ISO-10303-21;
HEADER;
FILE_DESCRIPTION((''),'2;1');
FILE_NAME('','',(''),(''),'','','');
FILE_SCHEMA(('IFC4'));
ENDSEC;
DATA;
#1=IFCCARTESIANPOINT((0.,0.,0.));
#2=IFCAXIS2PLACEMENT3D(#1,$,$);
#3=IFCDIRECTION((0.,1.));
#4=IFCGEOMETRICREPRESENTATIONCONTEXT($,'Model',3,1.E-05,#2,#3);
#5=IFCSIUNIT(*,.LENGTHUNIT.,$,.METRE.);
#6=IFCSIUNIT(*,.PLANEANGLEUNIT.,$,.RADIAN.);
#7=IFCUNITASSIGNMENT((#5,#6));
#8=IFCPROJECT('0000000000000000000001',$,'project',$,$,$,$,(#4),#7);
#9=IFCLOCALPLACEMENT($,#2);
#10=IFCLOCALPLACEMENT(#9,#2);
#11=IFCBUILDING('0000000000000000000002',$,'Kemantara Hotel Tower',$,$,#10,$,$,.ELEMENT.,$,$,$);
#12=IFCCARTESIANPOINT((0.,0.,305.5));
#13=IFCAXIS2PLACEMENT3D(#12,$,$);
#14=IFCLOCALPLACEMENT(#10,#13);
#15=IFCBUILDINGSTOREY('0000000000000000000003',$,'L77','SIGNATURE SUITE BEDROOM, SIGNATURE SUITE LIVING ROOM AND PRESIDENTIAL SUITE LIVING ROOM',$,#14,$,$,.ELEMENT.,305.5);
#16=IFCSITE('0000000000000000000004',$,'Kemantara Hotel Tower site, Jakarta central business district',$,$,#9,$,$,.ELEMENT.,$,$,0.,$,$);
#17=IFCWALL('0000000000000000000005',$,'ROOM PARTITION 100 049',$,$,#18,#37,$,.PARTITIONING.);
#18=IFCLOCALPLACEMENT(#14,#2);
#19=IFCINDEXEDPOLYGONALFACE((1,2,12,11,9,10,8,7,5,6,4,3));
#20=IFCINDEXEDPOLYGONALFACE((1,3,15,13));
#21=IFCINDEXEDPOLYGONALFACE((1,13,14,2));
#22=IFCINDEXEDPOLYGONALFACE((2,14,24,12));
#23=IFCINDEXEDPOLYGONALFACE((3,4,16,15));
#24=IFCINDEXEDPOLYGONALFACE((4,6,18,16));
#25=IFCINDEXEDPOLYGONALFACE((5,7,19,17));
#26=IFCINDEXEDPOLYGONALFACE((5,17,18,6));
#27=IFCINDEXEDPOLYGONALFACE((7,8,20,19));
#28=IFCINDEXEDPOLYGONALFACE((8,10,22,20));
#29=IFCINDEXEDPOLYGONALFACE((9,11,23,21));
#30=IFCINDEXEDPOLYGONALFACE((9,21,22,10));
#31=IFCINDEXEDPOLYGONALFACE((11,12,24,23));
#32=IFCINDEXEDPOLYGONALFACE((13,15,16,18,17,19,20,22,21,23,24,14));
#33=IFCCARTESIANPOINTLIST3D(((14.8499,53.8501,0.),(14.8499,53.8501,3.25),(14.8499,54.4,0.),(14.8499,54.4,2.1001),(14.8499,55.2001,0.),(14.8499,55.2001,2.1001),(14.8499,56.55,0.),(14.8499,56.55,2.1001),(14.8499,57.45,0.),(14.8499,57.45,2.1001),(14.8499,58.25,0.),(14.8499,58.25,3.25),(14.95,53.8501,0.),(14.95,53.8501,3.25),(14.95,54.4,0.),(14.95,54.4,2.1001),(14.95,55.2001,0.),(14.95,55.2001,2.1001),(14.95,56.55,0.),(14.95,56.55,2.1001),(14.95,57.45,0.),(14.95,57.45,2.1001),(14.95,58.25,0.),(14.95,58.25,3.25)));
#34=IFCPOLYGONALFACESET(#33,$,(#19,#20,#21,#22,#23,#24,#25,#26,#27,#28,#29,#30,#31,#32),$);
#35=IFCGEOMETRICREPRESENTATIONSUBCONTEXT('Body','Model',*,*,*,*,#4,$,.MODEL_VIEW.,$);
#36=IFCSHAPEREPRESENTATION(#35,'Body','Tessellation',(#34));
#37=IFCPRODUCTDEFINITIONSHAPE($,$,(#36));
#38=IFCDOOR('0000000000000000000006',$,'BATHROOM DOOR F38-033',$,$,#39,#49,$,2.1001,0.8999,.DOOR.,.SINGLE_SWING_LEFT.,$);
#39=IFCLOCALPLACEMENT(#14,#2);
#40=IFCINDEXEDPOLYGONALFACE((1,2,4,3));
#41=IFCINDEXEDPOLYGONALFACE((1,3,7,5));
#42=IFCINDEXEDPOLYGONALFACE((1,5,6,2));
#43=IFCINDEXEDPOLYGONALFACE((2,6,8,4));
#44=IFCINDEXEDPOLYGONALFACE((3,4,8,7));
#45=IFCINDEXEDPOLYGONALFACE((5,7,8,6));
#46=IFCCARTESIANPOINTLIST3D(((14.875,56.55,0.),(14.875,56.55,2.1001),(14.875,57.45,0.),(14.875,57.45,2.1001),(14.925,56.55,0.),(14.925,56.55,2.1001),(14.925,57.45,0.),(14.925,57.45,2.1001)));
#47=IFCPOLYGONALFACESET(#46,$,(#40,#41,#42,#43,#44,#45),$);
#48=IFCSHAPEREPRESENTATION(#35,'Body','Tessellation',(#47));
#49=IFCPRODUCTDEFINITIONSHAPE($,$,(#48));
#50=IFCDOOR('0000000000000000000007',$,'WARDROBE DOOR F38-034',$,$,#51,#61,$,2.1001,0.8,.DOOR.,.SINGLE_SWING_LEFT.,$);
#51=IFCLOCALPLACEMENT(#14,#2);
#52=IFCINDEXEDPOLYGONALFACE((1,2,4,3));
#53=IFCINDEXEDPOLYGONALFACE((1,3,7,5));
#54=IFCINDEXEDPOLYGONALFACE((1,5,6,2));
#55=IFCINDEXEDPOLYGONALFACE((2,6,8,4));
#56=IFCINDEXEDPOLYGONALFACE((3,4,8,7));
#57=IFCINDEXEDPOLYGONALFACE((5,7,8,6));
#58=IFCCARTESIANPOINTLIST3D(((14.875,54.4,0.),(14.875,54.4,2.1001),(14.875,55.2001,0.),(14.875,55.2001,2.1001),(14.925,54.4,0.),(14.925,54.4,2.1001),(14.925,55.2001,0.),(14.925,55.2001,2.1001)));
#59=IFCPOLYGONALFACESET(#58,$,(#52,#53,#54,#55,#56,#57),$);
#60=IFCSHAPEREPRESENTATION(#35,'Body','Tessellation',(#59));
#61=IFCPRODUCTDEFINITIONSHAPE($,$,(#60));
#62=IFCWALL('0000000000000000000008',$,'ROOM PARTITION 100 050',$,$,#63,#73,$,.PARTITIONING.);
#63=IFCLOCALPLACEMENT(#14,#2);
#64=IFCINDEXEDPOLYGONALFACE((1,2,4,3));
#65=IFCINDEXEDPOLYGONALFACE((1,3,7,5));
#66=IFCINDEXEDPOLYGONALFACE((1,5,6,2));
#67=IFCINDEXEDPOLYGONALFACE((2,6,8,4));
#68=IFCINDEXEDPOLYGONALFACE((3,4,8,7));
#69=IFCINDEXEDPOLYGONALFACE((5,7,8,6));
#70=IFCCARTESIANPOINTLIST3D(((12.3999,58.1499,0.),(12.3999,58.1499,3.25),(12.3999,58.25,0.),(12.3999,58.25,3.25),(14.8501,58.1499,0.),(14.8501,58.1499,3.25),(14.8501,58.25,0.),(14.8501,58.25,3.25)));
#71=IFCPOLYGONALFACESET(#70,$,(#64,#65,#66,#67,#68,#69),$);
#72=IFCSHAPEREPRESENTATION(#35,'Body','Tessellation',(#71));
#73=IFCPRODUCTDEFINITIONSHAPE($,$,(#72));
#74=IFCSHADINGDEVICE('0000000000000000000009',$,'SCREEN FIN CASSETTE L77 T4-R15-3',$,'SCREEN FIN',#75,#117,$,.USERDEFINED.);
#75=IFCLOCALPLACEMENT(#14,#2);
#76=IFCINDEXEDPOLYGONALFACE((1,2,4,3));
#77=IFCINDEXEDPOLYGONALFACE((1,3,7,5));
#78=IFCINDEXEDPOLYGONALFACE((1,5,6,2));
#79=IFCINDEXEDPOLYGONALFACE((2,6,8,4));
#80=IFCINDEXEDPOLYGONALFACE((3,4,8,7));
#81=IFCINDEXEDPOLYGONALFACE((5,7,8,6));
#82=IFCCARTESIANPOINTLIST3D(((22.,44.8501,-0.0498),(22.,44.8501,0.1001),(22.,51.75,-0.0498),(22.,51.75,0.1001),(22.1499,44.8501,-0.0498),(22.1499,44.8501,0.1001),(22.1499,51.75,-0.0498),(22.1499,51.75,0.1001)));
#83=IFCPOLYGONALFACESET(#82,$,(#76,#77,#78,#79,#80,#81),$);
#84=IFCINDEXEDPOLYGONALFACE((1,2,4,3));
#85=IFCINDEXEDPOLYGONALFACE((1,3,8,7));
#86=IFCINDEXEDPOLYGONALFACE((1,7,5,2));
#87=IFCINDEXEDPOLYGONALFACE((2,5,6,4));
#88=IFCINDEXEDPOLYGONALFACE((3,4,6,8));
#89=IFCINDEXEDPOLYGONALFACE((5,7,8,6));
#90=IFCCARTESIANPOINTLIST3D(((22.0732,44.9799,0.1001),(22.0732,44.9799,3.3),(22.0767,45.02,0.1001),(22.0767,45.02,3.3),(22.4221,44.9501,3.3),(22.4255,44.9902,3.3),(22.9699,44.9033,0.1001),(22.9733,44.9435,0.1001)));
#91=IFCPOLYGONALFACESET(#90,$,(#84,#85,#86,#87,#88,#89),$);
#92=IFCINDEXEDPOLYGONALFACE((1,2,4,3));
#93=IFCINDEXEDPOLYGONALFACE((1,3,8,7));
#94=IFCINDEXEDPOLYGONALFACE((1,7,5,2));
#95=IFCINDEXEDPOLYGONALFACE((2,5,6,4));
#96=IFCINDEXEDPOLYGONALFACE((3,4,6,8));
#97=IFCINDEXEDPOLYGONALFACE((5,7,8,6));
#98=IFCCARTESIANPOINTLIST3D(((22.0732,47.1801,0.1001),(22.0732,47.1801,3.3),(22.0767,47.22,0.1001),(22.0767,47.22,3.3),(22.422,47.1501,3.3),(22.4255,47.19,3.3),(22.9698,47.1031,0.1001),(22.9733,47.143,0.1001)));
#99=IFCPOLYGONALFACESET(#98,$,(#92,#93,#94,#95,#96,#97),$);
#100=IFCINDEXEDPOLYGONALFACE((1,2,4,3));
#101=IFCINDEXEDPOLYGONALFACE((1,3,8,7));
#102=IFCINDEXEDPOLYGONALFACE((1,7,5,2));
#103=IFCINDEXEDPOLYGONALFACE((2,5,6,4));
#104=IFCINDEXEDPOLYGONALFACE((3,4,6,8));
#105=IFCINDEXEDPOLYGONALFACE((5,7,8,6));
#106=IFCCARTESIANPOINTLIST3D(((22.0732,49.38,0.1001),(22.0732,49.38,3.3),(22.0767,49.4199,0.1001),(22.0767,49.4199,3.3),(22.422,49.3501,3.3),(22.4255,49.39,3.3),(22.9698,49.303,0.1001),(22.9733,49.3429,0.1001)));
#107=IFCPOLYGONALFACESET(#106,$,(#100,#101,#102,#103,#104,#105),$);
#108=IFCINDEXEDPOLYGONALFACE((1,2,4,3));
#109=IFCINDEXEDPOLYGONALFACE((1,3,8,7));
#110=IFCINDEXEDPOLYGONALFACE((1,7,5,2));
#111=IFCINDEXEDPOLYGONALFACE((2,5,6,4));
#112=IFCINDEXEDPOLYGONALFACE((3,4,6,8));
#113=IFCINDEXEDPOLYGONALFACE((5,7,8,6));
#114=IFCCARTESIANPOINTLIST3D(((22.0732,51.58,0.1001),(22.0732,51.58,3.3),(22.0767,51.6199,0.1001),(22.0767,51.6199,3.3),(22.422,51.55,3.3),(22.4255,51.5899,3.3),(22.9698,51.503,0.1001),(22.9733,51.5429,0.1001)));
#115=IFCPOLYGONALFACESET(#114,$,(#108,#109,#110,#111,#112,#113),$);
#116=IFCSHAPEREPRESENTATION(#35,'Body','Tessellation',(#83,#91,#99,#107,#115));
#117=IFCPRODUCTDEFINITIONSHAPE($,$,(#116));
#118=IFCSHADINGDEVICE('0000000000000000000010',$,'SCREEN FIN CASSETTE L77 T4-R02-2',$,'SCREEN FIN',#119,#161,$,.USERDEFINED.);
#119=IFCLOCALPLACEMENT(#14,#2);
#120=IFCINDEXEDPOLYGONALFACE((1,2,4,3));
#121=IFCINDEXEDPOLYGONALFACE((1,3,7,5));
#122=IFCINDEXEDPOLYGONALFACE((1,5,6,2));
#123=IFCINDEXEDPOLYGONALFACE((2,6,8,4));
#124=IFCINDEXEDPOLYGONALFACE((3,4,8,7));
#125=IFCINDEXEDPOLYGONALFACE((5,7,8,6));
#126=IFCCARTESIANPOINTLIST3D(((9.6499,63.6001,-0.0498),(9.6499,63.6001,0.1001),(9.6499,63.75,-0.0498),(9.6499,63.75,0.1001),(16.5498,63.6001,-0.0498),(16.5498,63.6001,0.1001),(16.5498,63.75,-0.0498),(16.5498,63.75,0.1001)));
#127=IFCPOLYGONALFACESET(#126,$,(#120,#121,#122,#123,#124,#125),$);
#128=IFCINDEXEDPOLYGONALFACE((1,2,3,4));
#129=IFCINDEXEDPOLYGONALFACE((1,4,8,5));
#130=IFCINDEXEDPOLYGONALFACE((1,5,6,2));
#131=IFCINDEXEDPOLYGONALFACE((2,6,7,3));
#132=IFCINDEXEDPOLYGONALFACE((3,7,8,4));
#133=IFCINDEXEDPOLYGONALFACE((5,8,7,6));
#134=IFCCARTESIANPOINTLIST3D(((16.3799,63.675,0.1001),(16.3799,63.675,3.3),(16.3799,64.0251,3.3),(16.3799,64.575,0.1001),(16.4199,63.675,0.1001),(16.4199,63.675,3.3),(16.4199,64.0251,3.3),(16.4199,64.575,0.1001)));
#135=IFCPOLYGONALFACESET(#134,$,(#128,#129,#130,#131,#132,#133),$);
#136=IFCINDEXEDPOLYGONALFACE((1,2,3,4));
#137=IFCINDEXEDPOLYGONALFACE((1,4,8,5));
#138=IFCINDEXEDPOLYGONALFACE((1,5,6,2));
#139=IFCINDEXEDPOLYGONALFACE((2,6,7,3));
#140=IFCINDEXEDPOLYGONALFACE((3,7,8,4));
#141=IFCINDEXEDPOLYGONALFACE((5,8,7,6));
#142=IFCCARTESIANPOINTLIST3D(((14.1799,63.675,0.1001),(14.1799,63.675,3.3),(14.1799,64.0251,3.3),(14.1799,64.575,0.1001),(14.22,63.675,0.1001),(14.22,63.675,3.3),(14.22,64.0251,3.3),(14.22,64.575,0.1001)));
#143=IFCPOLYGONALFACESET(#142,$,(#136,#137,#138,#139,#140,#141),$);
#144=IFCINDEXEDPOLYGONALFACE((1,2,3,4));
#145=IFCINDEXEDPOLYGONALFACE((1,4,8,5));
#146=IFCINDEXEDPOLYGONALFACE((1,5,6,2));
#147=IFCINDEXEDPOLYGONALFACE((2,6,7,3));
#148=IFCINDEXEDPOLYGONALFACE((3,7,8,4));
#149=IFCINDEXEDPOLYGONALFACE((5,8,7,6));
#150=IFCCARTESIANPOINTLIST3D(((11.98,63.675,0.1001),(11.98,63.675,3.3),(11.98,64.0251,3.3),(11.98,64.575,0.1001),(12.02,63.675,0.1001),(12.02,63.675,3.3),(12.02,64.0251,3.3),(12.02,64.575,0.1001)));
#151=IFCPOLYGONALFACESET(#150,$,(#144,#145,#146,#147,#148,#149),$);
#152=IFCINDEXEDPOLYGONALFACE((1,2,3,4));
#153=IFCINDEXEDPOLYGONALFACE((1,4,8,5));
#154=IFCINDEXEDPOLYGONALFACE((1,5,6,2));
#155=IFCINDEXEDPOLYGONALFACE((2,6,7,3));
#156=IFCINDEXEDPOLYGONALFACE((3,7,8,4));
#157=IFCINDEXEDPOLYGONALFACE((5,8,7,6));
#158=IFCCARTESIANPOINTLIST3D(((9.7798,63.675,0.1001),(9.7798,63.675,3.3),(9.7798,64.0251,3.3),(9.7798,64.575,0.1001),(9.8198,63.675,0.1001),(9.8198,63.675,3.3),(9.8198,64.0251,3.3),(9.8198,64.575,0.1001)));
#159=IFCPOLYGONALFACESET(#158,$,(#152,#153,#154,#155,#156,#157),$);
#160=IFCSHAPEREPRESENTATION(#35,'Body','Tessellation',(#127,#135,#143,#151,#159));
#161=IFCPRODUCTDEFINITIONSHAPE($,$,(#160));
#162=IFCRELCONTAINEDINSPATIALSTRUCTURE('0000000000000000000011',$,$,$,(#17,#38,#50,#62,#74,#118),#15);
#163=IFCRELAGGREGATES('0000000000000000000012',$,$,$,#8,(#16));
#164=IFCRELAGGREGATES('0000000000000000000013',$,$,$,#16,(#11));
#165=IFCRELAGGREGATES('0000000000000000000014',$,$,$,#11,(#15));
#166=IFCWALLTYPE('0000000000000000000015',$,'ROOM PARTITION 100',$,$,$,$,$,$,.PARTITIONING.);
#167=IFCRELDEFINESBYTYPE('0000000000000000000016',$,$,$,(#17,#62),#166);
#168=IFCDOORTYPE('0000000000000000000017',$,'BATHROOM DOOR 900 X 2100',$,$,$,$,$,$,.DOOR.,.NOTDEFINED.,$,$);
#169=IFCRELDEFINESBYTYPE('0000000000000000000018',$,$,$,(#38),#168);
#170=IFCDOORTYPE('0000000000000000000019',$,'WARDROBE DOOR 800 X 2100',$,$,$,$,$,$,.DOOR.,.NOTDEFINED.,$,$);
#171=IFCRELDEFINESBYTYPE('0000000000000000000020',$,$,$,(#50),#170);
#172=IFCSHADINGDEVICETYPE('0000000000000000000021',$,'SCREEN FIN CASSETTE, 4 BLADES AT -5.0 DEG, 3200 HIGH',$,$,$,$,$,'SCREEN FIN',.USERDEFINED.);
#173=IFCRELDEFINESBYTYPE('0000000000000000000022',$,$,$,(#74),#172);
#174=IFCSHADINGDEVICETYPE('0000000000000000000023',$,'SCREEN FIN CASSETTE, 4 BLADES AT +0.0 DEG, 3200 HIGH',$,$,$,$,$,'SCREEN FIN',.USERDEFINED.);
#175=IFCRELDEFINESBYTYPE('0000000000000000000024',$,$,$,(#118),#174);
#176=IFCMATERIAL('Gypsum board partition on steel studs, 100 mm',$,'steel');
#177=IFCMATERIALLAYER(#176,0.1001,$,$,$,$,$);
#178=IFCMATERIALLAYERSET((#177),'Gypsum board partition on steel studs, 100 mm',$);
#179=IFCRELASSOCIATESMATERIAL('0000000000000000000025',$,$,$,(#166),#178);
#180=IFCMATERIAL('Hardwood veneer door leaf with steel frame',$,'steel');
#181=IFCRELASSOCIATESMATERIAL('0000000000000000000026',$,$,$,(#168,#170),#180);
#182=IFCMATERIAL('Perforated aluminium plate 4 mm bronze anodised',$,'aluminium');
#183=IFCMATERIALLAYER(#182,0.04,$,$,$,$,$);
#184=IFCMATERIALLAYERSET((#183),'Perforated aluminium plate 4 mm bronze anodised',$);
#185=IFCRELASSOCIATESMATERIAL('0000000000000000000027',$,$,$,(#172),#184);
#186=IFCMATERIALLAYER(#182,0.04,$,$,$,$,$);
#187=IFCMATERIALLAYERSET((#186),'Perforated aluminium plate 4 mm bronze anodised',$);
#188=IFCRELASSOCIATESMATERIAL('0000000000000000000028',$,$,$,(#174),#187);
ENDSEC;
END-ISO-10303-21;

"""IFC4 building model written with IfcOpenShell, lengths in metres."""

from ifc_helpers import new_model, si_unit, direction, frame, frame_2d, origin, origin_2d, place, context, subcontext, project, spatial, polyline, rectangle, outline, extrude, source, transform, mapped, material, layer, layer_set, type_object, element, fill, save


model = new_model("IFC4")

# Units and contexts
model_context = context("Model", 3, precision=1e-05, world=origin(), true_north=direction((0.0, 1.0)))
body_context = subcontext(model_context, "Body", "Model", "MODEL_VIEW")
ifc_project = project(units=[si_unit("LENGTHUNIT", "METRE"), si_unit("PLANEANGLEUNIT", "RADIAN")], contexts=[model_context])

# Site, building, storey
site_placement = place(None, origin())
site = spatial("IfcSite", under=ifc_project, at=site_placement, Name="Kemantara Hotel Tower site, Jakarta central business district", CompositionType="ELEMENT", RefElevation=0.0)
building_placement = place(site_placement, origin())
building = spatial("IfcBuilding", under=site, at=building_placement, Name="Kemantara Hotel Tower", CompositionType="ELEMENT")
storey_placement = place(building_placement, frame((0.0, 0.0, 305.5)))
storey = spatial("IfcBuildingStorey", under=building, at=storey_placement, Name="L77", Description="SIGNATURE SUITE BEDROOM, SIGNATURE SUITE LIVING ROOM AND PRESIDENTIAL SUITE LIVING ROOM", CompositionType="ELEMENT", Elevation=305.5)

# Shared definitions
ifc_material_1 = material(Name="Gypsum board partition on steel studs, 100 mm", Category="steel")
ifc_layer_1 = layer(ifc_material_1, 0.1001)
ifc_layer_set_1 = layer_set([ifc_layer_1], Name="Gypsum board partition on steel studs, 100 mm")
wall_type_1 = type_object("IfcWallType", Name="ROOM PARTITION 100", PredefinedType="PARTITIONING", material=ifc_layer_set_1)
ifc_material_2 = material(Name="Hardwood veneer door leaf with steel frame", Category="steel")

# Wall, openings, doors
wall_1_placement = place(storey_placement, frame((14.8999, 53.8501, 0.0), z_axis=(0.0, 0.0, 1.0), x_axis=(0.0, 1.0, 0.0)))
wall_1 = element("IfcWall", 1, at=wall_1_placement, inside=storey, type_object=wall_type_1, Name="ROOM PARTITION 100 049", PredefinedType="PARTITIONING", context=body_context, shape_type="SweptSolid", body=[
    extrude(rectangle(XDim=4.3999, YDim=0.1001, at=frame_2d((2.2, 0.0))), origin(), (0.0, 0.0, 1.0), 3.25),
])
opening_1_placement = place(wall_1_placement, frame((2.7, 0.0, 0.0)))
opening_1 = element("IfcOpeningElement", 2, at=opening_1_placement, cuts=wall_1, PredefinedType="OPENING", context=body_context, shape_type="SweptSolid", body=[
    extrude(rectangle(XDim=0.8999, YDim=2.1001, at=frame_2d((0.45, 1.05))), frame((0.0, 0.0601, 0.0), z_axis=(0.0, -1.0, 0.0), x_axis=(1.0, 0.0, 0.0)), (0.0, 0.0, 1.0), 0.1201),
])
opening_2_placement = place(wall_1_placement, frame((0.55, 0.0, 0.0)))
opening_2 = element("IfcOpeningElement", 3, at=opening_2_placement, cuts=wall_1, PredefinedType="OPENING", context=body_context, shape_type="SweptSolid", body=[
    extrude(rectangle(XDim=0.8, YDim=2.1001, at=frame_2d((0.3999, 1.05))), frame((0.0, 0.0601, 0.0), z_axis=(0.0, -1.0, 0.0), x_axis=(1.0, 0.0, 0.0)), (0.0, 0.0, 1.0), 0.1201),
])
door_type_1 = type_object("IfcDoorType", Name="BATHROOM DOOR 900 X 2100", OperationType="NOTDEFINED", PredefinedType="DOOR", material=ifc_material_2)
door_1_placement = place(opening_1_placement, origin())
door_1 = element("IfcDoor", 4, at=door_1_placement, inside=storey, type_object=door_type_1, Name="BATHROOM DOOR F38-033", OperationType="SINGLE_SWING_LEFT", OverallHeight=2.1001, OverallWidth=0.8999, PredefinedType="DOOR", context=body_context, shape_type="SweptSolid", body=[
    extrude(rectangle(XDim=0.8999, YDim=2.1001, at=frame_2d((0.45, 1.05))), frame((0.0, 0.0249, 0.0), z_axis=(0.0, -1.0, 0.0), x_axis=(1.0, 0.0, 0.0)), (0.0, 0.0, 1.0), 0.05),
])
fill(opening_1, door_1)
door_type_2 = type_object("IfcDoorType", Name="WARDROBE DOOR 800 X 2100", OperationType="NOTDEFINED", PredefinedType="DOOR", material=ifc_material_2)
door_2_placement = place(opening_2_placement, origin())
door_2 = element("IfcDoor", 5, at=door_2_placement, inside=storey, type_object=door_type_2, Name="WARDROBE DOOR F38-034", OperationType="SINGLE_SWING_LEFT", OverallHeight=2.1001, OverallWidth=0.8, PredefinedType="DOOR", context=body_context, shape_type="SweptSolid", body=[
    extrude(rectangle(XDim=0.8, YDim=2.1001, at=frame_2d((0.3999, 1.05))), frame((0.0, 0.0249, 0.0), z_axis=(0.0, -1.0, 0.0), x_axis=(1.0, 0.0, 0.0)), (0.0, 0.0, 1.0), 0.05),
])
fill(opening_2, door_2)

# Wall
wall_2_placement = place(storey_placement, frame((12.3999, 58.2, 0.0), z_axis=(0.0, 0.0, 1.0), x_axis=(1.0, 0.0, 0.0)))
element("IfcWall", 6, at=wall_2_placement, inside=storey, type_object=wall_type_1, Name="ROOM PARTITION 100 050", PredefinedType="PARTITIONING", context=body_context, shape_type="SweptSolid", body=[
    extrude(rectangle(XDim=2.4502, YDim=0.1001, at=frame_2d((1.2251, 0.0))), origin(), (0.0, 0.0, 1.0), 3.25),
])

# Shading devices
ifc_material_3 = material(Name="Perforated aluminium plate 4 mm bronze anodised", Category="aluminium")
ifc_layer_2 = layer(ifc_material_3, 0.04)
ifc_layer_set_2 = layer_set([ifc_layer_2], Name="Perforated aluminium plate 4 mm bronze anodised")
shading_device_type_1 = type_object("IfcShadingDeviceType", Name="SCREEN FIN CASSETTE, 4 BLADES AT -5.0 DEG, 3200 HIGH", ElementType="SCREEN FIN", PredefinedType="USERDEFINED", material=ifc_layer_set_2)
shared_shape_1 = source(origin(), body_context, "Body", "SweptSolid", [
    extrude(rectangle(XDim=6.8999, YDim=0.1499, at=origin_2d()), frame((3.3, -0.075, -0.1499), z_axis=(0.0, 0.0, 1.0), x_axis=(1.0, 0.0, 0.0)), (0.0, 0.0, 1.0), 0.1499),
    extrude(outline(polyline([(0.0, 0.0), (0.8999, 0.0), (0.3501, 3.2), (0.0, 3.2), (0.0, 0.0)])), frame((0.02, -0.0767, 0.0), z_axis=(-0.996376, 0.085056, 0.0), x_axis=(-0.085056, -0.996376, 0.0)), (0.0, 0.0, 1.0), 0.0403),
    extrude(outline(polyline([(0.0, 0.0), (0.8999, 0.0), (0.3501, 3.2), (0.0, 3.2), (0.0, 0.0)])), frame((2.22, -0.0767, 0.0), z_axis=(-0.996332, 0.085575, 0.0), x_axis=(-0.085575, -0.996332, 0.0)), (0.0, 0.0, 1.0), 0.04),
    extrude(outline(polyline([(0.0, 0.0), (0.8999, 0.0), (0.3501, 3.2), (0.0, 3.2), (0.0, 0.0)])), frame((4.4199, -0.0767, 0.0), z_axis=(-0.996332, 0.085575, 0.0), x_axis=(-0.085575, -0.996332, 0.0)), (0.0, 0.0, 1.0), 0.04),
    extrude(outline(polyline([(0.0, 0.0), (0.8999, 0.0), (0.3501, 3.2), (0.0, 3.2), (0.0, 0.0)])), frame((6.6199, -0.0767, 0.0), z_axis=(-0.996332, 0.085575, 0.0), x_axis=(-0.085575, -0.996332, 0.0)), (0.0, 0.0, 1.0), 0.04),
])
shading_device_1_placement = place(storey_placement, frame((22.0, 45.0, 0.1001), z_axis=(0.0, 0.0, 1.0), x_axis=(0.0, 1.0, 0.0)))
element("IfcShadingDevice", 7, at=shading_device_1_placement, inside=storey, type_object=shading_device_type_1, Name="SCREEN FIN CASSETTE L77 T4-R15-3", ObjectType="SCREEN FIN", PredefinedType="USERDEFINED", context=body_context, shape_type="MappedRepresentation", body=[
    mapped(shared_shape_1, transform((0.0, 0.0, 0.0))),
])
ifc_layer_3 = layer(ifc_material_3, 0.04)
ifc_layer_set_3 = layer_set([ifc_layer_3], Name="Perforated aluminium plate 4 mm bronze anodised")
shading_device_type_2 = type_object("IfcShadingDeviceType", Name="SCREEN FIN CASSETTE, 4 BLADES AT +0.0 DEG, 3200 HIGH", ElementType="SCREEN FIN", PredefinedType="USERDEFINED", material=ifc_layer_set_3)
shared_shape_2 = source(origin(), body_context, "Body", "SweptSolid", [
    extrude(rectangle(XDim=6.8999, YDim=0.1499, at=origin_2d()), frame((3.3, -0.075, -0.1499), z_axis=(0.0, 0.0, 1.0), x_axis=(1.0, 0.0, 0.0)), (0.0, 0.0, 1.0), 0.1499),
    extrude(outline(polyline([(0.0, 0.0), (0.8999, 0.0), (0.3501, 3.2), (0.0, 3.2), (0.0, 0.0)])), frame((0.02, -0.075, 0.0), z_axis=(-1.0, 0.0, 0.0), x_axis=(0.0, -1.0, 0.0)), (0.0, 0.0, 1.0), 0.04),
    extrude(outline(polyline([(0.0, 0.0), (0.8999, 0.0), (0.3501, 3.2), (0.0, 3.2), (0.0, 0.0)])), frame((2.22, -0.075, 0.0), z_axis=(-1.0, 0.0, 0.0), x_axis=(0.0, -1.0, 0.0)), (0.0, 0.0, 1.0), 0.04),
    extrude(outline(polyline([(0.0, 0.0), (0.8999, 0.0), (0.3501, 3.2), (0.0, 3.2), (0.0, 0.0)])), frame((4.4199, -0.075, 0.0), z_axis=(-1.0, 0.0, 0.0), x_axis=(0.0, -1.0, 0.0)), (0.0, 0.0, 1.0), 0.04),
    extrude(outline(polyline([(0.0, 0.0), (0.8999, 0.0), (0.3501, 3.2), (0.0, 3.2), (0.0, 0.0)])), frame((6.6201, -0.075, 0.0), z_axis=(-1.0, 0.0, 0.0), x_axis=(0.0, -1.0, 0.0)), (0.0, 0.0, 1.0), 0.04),
])
shading_device_2_placement = place(storey_placement, frame((16.3999, 63.6001, 0.1001), z_axis=(0.0, 0.0, 1.0), x_axis=(-1.0, 0.0, 0.0)))
element("IfcShadingDevice", 8, at=shading_device_2_placement, inside=storey, type_object=shading_device_type_2, Name="SCREEN FIN CASSETTE L77 T4-R02-2", ObjectType="SCREEN FIN", PredefinedType="USERDEFINED", context=body_context, shape_type="MappedRepresentation", body=[
    mapped(shared_shape_2, transform((0.0, 0.0, 0.0))),
])

save(model, "model.ifc")
